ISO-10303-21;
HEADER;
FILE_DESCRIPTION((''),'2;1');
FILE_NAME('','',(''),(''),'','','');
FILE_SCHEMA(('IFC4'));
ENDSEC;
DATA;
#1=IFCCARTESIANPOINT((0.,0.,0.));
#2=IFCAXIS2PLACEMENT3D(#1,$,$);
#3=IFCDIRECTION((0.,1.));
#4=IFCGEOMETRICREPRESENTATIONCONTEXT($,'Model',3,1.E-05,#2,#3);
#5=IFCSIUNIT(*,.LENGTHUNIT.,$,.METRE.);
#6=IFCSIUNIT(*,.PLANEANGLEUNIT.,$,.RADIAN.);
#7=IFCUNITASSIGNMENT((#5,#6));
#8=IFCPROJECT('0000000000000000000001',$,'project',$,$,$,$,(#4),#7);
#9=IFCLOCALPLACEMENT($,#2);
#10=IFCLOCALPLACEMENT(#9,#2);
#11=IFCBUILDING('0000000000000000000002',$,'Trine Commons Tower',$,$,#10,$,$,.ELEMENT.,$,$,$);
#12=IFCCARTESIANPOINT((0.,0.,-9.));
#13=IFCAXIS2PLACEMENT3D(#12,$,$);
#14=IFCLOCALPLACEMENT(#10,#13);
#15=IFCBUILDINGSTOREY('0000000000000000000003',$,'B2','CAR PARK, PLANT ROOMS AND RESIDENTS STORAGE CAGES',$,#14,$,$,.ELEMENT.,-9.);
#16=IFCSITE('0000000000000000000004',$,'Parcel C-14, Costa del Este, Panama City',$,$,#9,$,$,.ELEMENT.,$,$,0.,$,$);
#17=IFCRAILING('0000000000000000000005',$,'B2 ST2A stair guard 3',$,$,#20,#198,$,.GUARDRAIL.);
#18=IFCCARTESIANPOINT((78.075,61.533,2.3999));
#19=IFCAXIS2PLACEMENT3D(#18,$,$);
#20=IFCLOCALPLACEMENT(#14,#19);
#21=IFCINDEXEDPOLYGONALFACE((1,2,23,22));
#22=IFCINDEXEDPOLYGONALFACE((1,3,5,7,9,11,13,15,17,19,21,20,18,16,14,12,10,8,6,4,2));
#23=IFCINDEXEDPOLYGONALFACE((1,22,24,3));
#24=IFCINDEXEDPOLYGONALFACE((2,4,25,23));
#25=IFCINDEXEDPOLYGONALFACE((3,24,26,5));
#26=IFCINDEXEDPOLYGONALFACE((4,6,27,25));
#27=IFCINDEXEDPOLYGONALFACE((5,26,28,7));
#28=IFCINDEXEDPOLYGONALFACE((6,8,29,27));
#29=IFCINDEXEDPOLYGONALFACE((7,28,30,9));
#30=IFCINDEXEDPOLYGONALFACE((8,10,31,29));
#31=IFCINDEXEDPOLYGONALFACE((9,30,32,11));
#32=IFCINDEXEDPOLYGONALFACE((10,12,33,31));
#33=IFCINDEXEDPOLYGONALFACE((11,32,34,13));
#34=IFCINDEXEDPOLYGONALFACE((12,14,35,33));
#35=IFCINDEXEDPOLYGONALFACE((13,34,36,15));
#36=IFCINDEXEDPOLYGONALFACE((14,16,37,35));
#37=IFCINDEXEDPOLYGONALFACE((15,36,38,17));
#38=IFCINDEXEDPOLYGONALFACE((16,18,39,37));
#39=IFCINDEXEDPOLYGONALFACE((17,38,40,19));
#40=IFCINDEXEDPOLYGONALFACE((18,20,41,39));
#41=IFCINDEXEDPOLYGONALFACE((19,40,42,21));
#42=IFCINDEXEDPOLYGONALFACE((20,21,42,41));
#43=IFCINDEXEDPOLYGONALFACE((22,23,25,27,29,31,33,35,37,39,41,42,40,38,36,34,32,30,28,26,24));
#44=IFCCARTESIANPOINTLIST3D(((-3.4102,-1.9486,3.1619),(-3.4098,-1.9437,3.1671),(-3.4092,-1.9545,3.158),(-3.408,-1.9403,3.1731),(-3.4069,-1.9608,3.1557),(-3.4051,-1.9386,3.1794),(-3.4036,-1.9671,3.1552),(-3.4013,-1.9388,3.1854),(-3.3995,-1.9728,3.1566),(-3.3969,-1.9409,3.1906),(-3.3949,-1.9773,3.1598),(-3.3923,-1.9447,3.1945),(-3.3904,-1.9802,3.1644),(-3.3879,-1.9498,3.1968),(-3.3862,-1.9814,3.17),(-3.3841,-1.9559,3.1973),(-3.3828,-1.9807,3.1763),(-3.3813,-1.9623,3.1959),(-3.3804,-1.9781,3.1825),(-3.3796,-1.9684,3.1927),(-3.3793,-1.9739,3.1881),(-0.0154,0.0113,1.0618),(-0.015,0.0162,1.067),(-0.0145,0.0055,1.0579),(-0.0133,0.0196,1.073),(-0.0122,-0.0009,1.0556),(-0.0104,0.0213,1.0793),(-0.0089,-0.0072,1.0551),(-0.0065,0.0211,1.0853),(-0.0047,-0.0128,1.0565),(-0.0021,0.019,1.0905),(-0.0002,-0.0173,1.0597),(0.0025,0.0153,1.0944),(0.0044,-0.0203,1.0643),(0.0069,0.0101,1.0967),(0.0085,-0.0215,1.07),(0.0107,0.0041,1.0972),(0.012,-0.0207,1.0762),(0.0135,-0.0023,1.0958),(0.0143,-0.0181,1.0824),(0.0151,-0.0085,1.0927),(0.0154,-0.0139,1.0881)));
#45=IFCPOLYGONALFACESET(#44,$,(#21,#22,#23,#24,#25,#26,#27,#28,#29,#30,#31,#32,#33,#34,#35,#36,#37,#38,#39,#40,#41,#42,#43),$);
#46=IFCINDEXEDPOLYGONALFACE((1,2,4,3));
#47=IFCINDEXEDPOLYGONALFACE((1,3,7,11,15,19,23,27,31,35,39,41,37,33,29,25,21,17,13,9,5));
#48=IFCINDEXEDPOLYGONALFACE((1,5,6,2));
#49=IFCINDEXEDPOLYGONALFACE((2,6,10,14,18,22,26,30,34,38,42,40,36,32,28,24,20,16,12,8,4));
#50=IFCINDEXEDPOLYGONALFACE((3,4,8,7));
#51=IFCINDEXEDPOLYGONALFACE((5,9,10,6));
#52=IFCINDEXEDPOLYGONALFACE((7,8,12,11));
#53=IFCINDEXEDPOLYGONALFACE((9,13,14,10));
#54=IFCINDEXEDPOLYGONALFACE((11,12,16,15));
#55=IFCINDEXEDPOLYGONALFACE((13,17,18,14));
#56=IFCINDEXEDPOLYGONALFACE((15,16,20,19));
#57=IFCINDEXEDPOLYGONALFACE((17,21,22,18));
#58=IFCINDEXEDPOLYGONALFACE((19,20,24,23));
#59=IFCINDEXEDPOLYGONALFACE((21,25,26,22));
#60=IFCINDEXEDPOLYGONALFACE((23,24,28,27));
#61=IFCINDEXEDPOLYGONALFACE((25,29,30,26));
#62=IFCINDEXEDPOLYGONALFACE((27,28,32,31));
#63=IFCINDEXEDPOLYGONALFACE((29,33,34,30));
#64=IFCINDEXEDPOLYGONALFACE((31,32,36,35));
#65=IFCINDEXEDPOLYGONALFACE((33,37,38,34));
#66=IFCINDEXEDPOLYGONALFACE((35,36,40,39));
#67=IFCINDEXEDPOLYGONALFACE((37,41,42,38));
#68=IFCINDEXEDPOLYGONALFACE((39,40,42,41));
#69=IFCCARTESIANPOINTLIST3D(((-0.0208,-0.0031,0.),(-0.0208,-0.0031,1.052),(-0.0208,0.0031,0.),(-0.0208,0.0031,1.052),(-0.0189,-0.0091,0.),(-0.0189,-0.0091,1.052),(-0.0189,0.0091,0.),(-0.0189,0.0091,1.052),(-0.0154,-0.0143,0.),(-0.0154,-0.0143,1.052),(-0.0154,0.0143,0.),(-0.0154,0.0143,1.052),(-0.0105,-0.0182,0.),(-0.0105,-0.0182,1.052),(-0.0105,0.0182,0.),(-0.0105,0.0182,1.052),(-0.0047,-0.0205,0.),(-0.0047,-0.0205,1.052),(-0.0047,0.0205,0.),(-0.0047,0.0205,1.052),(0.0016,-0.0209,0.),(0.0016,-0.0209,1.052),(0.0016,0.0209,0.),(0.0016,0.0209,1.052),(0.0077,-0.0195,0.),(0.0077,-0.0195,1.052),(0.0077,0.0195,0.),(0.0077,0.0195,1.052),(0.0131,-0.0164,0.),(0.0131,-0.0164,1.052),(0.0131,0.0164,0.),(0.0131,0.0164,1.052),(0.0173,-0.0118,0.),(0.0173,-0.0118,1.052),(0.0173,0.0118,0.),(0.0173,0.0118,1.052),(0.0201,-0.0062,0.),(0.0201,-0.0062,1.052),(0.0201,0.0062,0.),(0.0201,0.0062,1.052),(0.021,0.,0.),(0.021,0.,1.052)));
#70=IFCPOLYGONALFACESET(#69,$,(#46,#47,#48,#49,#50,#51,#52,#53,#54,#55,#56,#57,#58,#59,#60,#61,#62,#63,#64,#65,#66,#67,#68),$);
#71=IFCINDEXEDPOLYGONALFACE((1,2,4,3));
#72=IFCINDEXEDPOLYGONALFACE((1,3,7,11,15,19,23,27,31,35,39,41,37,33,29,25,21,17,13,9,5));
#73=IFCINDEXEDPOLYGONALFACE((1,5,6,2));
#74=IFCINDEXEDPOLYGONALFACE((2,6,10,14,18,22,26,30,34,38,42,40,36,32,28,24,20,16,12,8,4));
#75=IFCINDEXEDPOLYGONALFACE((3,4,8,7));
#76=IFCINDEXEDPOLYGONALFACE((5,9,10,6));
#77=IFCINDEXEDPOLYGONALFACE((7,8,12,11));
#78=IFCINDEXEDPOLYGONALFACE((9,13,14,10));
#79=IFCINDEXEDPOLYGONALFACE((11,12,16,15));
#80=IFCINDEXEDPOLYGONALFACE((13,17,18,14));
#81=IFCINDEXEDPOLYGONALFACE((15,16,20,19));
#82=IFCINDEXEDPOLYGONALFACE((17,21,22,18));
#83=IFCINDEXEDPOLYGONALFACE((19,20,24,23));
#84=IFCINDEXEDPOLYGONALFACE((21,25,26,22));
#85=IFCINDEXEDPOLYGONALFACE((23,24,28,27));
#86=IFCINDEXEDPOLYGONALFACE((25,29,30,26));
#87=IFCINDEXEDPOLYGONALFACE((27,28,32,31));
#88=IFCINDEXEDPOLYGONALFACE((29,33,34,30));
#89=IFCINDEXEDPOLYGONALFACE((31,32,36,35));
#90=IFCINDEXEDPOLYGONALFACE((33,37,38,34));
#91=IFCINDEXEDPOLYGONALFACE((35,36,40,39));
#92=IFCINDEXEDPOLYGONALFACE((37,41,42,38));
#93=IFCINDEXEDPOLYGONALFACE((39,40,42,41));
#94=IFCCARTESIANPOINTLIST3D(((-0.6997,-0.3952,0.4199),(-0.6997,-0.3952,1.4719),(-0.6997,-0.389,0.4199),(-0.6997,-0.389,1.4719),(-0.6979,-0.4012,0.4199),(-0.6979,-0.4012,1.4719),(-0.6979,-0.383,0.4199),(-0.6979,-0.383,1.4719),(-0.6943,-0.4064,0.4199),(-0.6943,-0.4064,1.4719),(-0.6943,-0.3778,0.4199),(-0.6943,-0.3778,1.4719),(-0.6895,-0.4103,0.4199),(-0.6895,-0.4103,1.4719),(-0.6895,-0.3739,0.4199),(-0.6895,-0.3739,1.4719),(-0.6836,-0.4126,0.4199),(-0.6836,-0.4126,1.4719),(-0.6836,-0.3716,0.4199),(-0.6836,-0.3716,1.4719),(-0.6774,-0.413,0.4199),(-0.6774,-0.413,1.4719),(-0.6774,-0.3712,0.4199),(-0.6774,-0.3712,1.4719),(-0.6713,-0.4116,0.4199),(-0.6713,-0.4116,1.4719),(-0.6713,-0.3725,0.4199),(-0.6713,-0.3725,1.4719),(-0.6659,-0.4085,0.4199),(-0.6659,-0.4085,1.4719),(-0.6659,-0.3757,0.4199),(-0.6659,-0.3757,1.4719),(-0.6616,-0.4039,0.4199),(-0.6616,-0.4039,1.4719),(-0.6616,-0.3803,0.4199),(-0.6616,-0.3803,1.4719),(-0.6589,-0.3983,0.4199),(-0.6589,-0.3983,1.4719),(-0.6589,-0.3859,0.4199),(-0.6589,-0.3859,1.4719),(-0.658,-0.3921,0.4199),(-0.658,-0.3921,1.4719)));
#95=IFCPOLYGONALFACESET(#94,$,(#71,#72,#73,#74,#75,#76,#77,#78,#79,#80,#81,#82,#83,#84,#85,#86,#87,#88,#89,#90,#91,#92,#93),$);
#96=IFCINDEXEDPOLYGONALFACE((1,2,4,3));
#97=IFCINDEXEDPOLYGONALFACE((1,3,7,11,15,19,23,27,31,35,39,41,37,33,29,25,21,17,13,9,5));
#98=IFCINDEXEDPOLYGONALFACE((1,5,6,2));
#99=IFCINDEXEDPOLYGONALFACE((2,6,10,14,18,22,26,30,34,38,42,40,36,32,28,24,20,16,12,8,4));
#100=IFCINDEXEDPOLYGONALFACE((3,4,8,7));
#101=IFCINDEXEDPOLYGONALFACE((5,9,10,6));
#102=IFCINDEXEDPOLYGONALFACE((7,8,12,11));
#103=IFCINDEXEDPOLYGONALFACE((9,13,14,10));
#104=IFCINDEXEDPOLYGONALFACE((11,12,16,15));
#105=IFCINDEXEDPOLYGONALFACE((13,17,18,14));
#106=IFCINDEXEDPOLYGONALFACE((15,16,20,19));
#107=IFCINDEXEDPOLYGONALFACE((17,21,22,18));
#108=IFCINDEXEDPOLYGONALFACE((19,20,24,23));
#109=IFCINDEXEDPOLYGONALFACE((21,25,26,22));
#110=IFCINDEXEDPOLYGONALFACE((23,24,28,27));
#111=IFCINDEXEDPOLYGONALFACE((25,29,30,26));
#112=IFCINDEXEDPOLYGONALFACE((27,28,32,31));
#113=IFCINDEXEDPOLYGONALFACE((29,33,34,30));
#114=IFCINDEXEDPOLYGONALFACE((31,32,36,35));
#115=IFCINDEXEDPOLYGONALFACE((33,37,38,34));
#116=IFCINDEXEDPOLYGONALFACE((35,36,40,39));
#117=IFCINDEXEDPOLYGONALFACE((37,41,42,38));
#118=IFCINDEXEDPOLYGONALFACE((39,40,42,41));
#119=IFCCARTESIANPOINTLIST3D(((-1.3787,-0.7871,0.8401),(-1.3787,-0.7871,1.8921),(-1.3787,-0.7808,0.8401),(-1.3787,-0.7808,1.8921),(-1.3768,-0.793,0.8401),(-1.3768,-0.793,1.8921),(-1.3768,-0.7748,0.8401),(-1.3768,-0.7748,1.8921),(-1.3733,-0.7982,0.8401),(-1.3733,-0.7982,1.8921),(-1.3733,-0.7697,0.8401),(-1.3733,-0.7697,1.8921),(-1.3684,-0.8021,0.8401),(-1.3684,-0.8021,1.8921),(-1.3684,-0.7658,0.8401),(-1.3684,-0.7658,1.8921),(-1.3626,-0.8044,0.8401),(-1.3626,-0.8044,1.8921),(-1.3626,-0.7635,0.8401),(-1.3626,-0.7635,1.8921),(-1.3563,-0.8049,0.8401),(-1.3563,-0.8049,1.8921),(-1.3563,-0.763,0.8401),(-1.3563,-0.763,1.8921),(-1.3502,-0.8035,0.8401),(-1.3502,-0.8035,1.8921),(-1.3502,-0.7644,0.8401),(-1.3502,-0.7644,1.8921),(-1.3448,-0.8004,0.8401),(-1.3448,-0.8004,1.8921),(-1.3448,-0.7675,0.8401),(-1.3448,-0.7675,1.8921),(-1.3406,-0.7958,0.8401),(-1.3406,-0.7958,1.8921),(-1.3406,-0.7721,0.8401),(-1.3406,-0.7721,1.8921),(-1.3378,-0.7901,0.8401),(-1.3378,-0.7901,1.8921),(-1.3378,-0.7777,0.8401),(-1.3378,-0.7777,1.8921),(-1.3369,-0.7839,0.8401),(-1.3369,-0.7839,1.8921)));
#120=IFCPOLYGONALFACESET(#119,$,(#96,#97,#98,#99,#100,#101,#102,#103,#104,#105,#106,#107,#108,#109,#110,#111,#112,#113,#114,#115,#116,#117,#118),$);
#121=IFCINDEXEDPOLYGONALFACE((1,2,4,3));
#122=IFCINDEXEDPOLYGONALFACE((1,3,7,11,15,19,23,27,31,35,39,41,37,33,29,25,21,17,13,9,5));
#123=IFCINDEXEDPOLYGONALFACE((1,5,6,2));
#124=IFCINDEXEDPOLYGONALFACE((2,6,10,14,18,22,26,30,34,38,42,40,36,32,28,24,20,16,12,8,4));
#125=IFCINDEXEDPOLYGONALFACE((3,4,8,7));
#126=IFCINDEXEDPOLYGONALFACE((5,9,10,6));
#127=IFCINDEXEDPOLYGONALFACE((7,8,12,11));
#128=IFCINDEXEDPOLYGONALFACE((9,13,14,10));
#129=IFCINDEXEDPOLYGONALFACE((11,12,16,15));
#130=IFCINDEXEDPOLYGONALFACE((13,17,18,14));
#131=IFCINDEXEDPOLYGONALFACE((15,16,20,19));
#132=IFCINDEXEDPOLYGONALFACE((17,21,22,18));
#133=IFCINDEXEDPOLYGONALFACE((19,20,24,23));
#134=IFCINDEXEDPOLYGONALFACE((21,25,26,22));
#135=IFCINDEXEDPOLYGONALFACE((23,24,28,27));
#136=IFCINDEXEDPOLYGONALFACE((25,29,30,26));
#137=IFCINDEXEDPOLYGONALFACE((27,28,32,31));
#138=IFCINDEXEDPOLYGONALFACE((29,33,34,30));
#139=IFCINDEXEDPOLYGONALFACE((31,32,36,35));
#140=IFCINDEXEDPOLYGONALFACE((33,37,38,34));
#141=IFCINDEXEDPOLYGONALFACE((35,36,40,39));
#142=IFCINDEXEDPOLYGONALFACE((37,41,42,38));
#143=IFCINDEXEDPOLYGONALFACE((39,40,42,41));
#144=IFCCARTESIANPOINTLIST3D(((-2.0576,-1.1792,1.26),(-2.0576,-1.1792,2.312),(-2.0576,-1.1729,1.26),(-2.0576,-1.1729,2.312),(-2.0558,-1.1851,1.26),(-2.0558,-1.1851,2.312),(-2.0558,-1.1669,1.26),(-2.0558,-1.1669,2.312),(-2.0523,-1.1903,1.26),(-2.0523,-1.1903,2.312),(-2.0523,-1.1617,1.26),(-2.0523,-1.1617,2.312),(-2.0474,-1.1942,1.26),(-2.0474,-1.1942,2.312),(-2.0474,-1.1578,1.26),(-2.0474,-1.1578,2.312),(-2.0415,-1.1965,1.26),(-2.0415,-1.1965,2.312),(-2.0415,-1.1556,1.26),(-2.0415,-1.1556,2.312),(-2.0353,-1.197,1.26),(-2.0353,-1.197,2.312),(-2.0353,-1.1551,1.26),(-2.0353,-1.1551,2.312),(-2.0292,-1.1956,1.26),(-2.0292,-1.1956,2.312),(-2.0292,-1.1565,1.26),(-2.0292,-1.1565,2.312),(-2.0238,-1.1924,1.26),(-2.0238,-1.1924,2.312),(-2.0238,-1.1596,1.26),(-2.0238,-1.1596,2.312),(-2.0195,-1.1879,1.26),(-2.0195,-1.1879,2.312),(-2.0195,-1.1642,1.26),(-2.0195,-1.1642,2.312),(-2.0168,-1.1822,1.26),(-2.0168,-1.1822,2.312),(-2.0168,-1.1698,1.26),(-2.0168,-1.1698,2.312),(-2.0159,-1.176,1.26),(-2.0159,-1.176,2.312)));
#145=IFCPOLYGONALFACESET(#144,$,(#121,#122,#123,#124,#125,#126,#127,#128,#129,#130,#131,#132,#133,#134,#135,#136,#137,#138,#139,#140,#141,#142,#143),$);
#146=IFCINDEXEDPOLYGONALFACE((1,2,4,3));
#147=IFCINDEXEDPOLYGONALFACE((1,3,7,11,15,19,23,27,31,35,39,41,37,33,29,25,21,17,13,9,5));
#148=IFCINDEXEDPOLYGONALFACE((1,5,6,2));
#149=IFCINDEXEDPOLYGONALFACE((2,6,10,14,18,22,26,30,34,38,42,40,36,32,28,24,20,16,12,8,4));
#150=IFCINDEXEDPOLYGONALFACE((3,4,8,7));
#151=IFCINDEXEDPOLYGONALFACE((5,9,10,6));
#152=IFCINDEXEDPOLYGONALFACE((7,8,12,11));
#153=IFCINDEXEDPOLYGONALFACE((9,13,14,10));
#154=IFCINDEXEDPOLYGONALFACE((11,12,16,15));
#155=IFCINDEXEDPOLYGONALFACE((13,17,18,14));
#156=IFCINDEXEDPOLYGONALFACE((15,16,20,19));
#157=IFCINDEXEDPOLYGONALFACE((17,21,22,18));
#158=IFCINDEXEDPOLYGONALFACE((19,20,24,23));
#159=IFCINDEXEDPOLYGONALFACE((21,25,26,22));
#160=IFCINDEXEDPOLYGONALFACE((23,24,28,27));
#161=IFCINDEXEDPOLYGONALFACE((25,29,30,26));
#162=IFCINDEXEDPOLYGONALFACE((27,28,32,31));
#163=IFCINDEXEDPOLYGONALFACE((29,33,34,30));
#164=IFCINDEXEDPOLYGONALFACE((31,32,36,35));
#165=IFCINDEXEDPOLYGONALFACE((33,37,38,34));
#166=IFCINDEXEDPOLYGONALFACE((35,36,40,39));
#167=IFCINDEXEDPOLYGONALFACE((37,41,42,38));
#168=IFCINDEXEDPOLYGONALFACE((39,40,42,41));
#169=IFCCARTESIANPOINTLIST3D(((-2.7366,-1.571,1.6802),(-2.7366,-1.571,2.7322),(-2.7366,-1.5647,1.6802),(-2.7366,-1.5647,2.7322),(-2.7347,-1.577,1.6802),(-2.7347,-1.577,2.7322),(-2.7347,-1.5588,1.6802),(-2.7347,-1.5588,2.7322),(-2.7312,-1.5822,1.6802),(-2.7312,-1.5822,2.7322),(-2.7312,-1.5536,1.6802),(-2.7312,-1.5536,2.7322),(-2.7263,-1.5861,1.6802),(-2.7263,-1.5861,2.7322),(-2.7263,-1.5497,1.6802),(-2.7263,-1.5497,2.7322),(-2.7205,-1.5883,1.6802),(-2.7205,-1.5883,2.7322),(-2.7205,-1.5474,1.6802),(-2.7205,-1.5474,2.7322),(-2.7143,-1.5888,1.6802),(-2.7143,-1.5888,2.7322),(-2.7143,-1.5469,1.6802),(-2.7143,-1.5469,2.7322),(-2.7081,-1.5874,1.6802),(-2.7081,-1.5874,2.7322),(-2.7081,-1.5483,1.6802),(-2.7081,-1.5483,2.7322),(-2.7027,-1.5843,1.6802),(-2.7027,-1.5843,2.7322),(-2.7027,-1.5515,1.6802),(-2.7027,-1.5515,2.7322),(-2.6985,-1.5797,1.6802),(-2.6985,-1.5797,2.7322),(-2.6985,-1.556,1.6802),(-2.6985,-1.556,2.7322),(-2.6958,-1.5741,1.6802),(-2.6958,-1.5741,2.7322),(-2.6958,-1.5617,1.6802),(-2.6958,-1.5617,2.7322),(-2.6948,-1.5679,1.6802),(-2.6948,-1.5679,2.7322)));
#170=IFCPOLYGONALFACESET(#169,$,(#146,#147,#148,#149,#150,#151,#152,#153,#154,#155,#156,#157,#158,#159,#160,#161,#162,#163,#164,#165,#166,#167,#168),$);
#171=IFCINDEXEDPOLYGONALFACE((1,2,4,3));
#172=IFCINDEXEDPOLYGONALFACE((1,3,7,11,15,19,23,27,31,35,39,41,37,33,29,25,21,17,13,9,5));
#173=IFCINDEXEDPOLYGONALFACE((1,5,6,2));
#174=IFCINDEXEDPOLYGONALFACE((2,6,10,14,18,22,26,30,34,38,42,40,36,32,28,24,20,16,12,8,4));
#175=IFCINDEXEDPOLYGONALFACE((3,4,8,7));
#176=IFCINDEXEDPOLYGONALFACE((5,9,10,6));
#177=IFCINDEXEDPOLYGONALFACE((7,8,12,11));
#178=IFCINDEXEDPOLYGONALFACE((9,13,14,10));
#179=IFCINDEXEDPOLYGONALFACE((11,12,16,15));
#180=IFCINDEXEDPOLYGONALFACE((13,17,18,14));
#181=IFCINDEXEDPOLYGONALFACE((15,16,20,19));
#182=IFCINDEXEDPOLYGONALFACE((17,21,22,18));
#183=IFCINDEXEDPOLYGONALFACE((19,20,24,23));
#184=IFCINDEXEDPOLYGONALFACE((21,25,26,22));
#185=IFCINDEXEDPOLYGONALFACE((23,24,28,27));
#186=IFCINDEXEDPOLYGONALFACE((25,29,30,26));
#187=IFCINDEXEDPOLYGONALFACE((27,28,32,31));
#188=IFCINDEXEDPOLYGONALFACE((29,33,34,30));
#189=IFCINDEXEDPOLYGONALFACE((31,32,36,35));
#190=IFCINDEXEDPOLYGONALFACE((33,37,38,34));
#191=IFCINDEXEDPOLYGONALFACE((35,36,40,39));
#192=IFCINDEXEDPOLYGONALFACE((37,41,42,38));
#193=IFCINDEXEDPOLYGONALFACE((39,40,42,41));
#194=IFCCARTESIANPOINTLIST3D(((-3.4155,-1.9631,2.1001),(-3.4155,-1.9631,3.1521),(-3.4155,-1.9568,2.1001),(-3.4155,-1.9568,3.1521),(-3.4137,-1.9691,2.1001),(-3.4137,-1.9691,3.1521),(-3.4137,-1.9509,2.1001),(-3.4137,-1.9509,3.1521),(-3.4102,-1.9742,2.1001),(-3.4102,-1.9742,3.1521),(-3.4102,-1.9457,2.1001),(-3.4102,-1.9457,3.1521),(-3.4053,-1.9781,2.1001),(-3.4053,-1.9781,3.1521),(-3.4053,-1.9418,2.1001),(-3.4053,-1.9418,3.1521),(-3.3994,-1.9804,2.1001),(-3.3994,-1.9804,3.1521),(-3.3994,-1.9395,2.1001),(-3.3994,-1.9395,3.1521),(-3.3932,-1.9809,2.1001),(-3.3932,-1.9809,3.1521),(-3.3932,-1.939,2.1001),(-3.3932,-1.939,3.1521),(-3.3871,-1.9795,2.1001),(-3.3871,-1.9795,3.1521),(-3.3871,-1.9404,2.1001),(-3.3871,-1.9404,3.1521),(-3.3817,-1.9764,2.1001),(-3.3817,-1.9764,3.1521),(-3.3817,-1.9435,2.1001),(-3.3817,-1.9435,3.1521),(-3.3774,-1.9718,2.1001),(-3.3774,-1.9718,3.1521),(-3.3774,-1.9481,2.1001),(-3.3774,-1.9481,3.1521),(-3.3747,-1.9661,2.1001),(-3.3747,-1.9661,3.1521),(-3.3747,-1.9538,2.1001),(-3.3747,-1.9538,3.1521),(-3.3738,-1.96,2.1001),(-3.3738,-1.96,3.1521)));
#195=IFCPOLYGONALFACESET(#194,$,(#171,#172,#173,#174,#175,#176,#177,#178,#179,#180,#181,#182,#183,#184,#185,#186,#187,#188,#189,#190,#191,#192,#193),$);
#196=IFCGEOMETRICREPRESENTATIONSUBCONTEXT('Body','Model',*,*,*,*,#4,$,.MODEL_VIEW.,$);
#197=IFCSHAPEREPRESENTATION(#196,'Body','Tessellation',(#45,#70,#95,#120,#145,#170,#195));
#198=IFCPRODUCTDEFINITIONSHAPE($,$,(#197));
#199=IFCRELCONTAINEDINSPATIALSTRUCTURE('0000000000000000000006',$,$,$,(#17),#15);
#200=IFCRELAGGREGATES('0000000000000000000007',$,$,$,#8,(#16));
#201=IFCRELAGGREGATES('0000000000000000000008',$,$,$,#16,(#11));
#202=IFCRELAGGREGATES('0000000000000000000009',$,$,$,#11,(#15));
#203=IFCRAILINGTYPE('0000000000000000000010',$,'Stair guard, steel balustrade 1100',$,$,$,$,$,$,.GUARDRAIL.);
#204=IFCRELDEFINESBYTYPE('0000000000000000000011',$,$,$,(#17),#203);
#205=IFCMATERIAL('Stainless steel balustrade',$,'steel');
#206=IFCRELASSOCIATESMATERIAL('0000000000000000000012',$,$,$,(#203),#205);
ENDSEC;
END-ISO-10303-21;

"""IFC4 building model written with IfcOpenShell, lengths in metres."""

from ifc_helpers import new_model, si_unit, direction, frame, origin, origin_2d, place, context, subcontext, project, spatial, circle, extrude, material, type_object, element, save


model = new_model("IFC4")

# Units and contexts
model_context = context("Model", 3, precision=1e-05, world=origin(), true_north=direction((0.0, 1.0)))
body_context = subcontext(model_context, "Body", "Model", "MODEL_VIEW")
ifc_project = project(units=[si_unit("LENGTHUNIT", "METRE"), si_unit("PLANEANGLEUNIT", "RADIAN")], contexts=[model_context])

# Site, building, storey
site_placement = place(None, origin())
site = spatial("IfcSite", under=ifc_project, at=site_placement, Name="Parcel C-14, Costa del Este, Panama City", CompositionType="ELEMENT", RefElevation=0.0)
building_placement = place(site_placement, origin())
building = spatial("IfcBuilding", under=site, at=building_placement, Name="Trine Commons Tower", CompositionType="ELEMENT")
storey_placement = place(building_placement, frame((0.0, 0.0, -9.0)))
storey = spatial("IfcBuildingStorey", under=building, at=storey_placement, Name="B2", Description="CAR PARK, PLANT ROOMS AND RESIDENTS STORAGE CAGES", CompositionType="ELEMENT", Elevation=-9.0)

# Railing
ifc_material_1 = material(Name="Stainless steel balustrade", Category="steel")
railing_type_1 = type_object("IfcRailingType", Name="Stair guard, steel balustrade 1100", PredefinedType="GUARDRAIL", material=ifc_material_1)
railing_1_placement = place(storey_placement, frame((78.075, 61.533, 2.3999)))
element("IfcRailing", 1, at=railing_1_placement, inside=storey, type_object=railing_type_1, Name="B2 ST2A stair guard 3", PredefinedType="GUARDRAIL", context=body_context, shape_type="SweptSolid", body=[
    extrude(circle(Radius=0.0239, at=origin_2d()), frame((0.0, 0.0, 1.0762), z_axis=(-0.763375, -0.440732, 0.472244), x_axis=(0.499997, -0.866027, 0.0)), (0.0, 0.0, 1.0), 4.447),
    extrude(circle(Radius=0.021, at=origin_2d()), origin(), (0.0, 0.0, 1.0), 1.052),
    extrude(circle(Radius=0.021, at=origin_2d()), frame((-0.679, -0.3921, 0.4199)), (0.0, 0.0, 1.0), 1.052),
    extrude(circle(Radius=0.021, at=origin_2d()), frame((-1.3579, -0.7839, 0.8401)), (0.0, 0.0, 1.0), 1.052),
    extrude(circle(Radius=0.021, at=origin_2d()), frame((-2.0369, -1.176, 1.26)), (0.0, 0.0, 1.0), 1.052),
    extrude(circle(Radius=0.021, at=origin_2d()), frame((-2.7158, -1.5679, 1.6802)), (0.0, 0.0, 1.0), 1.052),
    extrude(circle(Radius=0.021, at=origin_2d()), frame((-3.3948, -1.96, 2.1001)), (0.0, 0.0, 1.0), 1.052),
])

save(model, "model.ifc")
